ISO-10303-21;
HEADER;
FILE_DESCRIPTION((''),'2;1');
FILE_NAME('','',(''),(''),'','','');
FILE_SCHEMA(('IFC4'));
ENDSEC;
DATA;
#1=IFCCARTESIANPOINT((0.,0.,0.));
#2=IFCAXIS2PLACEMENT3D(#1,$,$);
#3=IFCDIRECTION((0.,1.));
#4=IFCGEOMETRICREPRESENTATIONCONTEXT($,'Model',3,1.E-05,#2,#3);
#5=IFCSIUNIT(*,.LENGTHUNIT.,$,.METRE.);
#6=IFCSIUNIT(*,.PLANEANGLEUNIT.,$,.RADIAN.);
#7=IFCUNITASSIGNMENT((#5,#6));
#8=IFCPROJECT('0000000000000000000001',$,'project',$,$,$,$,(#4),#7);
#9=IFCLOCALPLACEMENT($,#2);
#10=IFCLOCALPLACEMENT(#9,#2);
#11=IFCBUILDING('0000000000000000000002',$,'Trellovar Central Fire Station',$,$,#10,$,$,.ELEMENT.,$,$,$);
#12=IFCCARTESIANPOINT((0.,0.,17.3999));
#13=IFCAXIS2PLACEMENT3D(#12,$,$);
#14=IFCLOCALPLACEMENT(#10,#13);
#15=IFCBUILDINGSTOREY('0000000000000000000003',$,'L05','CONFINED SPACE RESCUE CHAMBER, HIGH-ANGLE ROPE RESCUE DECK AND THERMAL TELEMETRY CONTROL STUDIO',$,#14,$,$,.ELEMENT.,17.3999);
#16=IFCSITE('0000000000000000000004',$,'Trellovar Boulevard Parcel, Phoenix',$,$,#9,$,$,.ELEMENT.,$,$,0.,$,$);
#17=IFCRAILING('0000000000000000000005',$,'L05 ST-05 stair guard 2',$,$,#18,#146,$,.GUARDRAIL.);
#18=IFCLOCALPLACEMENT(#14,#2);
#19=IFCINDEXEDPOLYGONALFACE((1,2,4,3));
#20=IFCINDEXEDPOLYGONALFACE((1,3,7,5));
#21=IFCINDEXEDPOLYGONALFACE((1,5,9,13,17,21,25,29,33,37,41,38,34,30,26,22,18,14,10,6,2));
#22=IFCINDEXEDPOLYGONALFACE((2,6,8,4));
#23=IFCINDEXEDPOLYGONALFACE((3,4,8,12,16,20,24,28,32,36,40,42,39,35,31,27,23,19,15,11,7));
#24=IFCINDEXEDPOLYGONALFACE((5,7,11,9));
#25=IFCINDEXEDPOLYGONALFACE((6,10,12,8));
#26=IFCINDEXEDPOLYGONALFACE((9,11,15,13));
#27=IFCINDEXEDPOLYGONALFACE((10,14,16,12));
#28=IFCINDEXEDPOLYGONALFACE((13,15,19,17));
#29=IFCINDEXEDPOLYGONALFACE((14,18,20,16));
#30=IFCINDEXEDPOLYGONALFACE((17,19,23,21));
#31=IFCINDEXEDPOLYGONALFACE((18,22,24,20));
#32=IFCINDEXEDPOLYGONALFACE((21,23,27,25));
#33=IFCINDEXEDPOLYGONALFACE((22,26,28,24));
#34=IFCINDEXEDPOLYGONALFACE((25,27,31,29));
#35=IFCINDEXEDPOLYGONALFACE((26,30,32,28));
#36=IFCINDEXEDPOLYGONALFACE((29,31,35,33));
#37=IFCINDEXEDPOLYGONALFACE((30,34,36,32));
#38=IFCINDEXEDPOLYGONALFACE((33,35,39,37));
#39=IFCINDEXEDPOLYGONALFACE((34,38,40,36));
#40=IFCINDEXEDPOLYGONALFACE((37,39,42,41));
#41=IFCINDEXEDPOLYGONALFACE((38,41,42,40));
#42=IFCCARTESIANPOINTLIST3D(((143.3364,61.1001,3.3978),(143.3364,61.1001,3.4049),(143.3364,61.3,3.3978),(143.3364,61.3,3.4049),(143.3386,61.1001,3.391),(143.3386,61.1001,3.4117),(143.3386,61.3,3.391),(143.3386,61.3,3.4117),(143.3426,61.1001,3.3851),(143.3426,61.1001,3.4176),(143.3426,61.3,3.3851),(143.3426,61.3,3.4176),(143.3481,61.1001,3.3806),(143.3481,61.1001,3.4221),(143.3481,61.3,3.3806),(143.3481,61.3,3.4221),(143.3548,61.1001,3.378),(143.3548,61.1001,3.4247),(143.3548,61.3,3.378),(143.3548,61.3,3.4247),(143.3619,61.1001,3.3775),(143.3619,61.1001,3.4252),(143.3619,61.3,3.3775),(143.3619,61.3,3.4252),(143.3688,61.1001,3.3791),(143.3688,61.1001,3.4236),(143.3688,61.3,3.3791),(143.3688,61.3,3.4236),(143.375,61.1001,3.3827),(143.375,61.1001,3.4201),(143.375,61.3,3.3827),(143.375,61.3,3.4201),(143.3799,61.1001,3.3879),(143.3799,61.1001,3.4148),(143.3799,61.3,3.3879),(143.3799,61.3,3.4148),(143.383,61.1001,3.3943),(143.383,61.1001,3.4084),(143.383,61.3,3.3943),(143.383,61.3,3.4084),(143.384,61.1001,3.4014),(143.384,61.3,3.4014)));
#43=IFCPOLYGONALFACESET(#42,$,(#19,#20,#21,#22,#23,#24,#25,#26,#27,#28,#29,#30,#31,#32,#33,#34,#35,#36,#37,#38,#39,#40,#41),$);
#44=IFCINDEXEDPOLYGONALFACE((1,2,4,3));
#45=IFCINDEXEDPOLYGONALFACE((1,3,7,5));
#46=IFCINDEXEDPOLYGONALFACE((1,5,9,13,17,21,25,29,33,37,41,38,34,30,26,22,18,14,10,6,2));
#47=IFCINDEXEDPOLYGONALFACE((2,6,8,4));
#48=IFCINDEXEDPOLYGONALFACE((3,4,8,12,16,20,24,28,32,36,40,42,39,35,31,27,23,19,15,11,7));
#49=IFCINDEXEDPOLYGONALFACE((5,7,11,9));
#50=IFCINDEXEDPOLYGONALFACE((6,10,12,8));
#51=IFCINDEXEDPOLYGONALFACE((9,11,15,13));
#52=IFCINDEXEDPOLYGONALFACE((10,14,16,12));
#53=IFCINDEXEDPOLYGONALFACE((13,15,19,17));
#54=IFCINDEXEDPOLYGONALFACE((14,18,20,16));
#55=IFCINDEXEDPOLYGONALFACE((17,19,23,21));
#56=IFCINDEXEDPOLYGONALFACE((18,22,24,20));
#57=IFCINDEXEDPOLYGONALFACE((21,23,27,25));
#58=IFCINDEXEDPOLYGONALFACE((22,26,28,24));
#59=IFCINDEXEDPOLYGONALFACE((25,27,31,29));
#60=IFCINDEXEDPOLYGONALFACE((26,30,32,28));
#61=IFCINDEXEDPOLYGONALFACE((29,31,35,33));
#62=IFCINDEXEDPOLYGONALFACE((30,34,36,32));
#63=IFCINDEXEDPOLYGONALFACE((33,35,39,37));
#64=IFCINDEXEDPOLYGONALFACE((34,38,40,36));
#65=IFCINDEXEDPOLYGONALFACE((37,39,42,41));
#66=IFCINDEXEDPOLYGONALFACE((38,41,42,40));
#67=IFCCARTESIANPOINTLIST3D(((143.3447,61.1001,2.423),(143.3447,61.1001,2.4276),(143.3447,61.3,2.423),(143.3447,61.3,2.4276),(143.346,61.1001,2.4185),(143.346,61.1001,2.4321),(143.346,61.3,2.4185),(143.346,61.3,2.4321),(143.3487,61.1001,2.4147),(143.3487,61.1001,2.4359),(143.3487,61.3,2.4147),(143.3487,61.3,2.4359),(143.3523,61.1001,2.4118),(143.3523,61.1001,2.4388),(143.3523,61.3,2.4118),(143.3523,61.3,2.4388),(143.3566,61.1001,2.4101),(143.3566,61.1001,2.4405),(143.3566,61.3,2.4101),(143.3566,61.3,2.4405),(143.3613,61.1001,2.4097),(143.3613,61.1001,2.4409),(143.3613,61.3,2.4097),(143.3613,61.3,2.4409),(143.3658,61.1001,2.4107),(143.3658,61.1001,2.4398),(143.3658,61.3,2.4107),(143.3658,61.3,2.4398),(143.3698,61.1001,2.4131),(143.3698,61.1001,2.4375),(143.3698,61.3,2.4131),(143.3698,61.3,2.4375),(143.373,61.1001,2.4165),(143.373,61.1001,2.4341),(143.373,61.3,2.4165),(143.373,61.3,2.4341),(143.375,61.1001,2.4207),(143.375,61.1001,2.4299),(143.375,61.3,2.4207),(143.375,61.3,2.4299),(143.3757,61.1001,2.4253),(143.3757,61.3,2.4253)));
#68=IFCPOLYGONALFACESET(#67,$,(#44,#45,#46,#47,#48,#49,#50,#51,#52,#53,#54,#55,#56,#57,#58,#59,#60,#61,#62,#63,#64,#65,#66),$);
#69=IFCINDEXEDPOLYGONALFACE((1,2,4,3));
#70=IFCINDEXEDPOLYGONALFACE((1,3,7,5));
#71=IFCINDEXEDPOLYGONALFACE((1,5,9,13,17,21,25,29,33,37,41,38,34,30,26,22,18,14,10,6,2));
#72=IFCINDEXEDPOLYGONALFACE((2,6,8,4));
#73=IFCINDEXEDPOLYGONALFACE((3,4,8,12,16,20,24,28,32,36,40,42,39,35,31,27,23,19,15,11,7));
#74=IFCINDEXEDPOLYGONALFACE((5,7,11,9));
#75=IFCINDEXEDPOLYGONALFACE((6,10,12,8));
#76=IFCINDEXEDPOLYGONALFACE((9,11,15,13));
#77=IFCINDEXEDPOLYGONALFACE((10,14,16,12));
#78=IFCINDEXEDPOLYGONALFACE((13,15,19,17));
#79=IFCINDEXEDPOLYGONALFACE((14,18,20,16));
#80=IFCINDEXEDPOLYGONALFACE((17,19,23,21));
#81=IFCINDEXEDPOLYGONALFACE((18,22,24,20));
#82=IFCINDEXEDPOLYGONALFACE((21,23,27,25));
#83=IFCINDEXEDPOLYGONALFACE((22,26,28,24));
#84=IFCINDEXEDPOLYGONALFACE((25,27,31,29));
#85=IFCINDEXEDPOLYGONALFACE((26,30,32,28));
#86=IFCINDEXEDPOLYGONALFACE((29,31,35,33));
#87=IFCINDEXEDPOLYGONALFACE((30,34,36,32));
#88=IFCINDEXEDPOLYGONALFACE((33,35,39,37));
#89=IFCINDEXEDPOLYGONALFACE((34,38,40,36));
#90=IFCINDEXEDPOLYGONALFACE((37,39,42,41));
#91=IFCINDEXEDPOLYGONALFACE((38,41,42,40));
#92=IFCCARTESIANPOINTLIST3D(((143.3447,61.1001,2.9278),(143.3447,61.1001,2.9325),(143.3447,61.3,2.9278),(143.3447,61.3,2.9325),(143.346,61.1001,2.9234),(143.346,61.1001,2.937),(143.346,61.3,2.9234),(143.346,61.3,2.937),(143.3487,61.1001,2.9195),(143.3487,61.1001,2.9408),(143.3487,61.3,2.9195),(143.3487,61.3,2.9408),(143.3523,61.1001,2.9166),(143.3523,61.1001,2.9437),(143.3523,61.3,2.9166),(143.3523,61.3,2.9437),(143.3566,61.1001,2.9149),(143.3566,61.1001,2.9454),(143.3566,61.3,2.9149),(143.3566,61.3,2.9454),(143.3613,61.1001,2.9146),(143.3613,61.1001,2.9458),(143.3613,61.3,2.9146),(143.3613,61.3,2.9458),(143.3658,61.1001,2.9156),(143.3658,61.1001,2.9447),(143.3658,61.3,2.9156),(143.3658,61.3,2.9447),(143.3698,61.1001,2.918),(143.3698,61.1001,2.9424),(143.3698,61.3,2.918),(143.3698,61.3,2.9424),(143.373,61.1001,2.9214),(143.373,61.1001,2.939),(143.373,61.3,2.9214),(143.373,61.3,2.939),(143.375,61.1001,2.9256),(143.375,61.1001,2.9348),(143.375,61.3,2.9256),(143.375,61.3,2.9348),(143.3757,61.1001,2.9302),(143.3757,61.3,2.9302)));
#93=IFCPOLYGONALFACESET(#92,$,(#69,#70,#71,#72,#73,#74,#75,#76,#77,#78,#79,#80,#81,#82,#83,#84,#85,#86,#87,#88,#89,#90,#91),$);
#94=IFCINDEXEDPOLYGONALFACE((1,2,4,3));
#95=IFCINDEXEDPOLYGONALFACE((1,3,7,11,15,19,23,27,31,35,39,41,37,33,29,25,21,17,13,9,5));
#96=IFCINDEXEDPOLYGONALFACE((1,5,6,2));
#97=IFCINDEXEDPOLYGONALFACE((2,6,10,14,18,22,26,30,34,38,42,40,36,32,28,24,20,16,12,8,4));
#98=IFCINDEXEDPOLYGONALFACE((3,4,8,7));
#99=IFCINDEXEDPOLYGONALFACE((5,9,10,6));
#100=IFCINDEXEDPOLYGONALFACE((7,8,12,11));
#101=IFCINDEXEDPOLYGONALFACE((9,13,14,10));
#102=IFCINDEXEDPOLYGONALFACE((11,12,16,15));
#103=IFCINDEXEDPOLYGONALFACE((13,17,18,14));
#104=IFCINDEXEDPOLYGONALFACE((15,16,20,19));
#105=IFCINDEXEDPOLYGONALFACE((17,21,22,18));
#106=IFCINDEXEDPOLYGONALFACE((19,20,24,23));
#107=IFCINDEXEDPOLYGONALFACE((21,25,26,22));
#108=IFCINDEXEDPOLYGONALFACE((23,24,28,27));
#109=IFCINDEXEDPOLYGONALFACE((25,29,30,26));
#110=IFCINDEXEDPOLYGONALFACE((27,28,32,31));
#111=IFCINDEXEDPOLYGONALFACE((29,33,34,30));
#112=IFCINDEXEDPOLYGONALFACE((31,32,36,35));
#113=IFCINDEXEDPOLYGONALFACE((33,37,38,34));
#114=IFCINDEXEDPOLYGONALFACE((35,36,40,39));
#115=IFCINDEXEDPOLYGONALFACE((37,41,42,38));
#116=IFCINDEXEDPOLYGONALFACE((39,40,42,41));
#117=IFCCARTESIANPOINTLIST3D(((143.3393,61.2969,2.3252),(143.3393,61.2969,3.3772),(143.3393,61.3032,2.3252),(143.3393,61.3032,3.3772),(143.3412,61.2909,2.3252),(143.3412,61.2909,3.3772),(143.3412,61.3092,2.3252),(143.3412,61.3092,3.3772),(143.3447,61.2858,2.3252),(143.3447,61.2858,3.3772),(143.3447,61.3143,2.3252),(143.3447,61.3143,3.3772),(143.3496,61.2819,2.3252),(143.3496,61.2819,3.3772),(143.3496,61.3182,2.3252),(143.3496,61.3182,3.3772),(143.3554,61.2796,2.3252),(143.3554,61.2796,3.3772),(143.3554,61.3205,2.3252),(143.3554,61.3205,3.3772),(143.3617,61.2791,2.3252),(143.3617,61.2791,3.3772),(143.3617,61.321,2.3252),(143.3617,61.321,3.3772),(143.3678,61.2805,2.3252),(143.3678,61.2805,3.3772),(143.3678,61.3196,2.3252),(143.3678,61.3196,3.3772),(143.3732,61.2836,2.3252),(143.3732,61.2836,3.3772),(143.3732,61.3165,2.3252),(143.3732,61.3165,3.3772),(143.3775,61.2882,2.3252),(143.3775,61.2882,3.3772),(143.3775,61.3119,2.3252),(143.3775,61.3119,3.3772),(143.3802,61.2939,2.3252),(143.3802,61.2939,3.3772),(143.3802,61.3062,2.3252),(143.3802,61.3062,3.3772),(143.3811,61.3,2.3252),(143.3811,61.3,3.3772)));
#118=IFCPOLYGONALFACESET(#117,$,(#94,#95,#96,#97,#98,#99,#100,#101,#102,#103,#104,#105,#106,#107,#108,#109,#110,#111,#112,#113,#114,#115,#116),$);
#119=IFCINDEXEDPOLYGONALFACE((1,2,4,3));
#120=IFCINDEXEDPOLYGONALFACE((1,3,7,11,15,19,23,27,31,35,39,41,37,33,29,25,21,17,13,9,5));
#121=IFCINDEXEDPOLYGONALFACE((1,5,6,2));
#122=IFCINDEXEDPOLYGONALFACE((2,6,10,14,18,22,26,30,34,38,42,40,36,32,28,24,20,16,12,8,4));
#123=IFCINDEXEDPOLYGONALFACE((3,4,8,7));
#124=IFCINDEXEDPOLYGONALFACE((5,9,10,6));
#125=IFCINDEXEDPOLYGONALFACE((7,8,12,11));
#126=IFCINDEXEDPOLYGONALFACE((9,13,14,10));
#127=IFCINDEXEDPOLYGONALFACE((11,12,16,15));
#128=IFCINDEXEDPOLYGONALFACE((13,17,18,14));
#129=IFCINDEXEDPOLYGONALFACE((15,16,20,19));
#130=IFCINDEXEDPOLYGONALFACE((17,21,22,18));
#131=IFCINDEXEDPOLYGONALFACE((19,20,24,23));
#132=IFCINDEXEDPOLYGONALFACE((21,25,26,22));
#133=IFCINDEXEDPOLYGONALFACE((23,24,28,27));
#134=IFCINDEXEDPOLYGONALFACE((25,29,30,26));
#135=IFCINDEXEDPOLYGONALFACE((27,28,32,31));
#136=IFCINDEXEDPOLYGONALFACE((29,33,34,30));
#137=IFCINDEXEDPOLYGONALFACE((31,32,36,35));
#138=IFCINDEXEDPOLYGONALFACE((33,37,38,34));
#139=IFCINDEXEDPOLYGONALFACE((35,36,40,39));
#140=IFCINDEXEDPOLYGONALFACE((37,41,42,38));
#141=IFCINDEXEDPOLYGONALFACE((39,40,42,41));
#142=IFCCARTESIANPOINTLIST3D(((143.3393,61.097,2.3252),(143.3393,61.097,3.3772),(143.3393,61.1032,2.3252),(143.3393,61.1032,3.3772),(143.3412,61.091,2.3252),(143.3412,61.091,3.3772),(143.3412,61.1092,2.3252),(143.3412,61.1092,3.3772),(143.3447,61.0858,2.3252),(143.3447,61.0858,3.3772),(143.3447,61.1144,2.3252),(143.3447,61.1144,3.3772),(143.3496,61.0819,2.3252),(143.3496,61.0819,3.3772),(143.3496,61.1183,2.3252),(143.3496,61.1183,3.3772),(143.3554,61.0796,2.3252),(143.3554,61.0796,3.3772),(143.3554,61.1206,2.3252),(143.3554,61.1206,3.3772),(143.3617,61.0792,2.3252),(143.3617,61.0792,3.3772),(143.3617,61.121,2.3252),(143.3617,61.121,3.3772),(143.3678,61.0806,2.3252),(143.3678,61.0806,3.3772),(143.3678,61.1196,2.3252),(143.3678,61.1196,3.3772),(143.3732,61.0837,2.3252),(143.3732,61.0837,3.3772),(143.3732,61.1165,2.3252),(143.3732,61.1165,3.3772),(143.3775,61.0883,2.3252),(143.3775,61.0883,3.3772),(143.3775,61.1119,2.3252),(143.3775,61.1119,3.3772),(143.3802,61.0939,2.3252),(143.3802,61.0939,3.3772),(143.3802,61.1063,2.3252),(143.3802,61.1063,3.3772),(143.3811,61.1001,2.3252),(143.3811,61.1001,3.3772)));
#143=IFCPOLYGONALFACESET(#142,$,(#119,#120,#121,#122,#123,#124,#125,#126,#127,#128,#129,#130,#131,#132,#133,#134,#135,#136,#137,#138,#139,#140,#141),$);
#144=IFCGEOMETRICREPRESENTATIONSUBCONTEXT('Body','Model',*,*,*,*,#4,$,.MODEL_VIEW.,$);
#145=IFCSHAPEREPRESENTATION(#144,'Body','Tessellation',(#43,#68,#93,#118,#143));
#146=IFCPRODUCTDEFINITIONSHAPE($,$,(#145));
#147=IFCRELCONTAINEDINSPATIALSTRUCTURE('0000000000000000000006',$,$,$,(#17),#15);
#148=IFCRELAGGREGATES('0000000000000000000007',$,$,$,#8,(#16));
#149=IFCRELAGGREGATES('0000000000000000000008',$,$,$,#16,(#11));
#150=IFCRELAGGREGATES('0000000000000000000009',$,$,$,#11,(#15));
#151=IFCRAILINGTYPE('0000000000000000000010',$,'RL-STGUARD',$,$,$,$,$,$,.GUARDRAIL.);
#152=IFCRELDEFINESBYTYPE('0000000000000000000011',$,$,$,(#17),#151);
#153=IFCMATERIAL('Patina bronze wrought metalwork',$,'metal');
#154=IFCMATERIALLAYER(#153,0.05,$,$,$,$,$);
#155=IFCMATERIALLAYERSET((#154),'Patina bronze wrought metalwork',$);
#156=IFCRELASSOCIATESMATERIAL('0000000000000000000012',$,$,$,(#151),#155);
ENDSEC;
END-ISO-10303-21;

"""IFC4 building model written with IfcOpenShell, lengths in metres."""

from ifc_helpers import new_model, si_unit, direction, frame, origin, origin_2d, place, context, subcontext, project, spatial, circle, extrude, material, layer, layer_set, type_object, element, save


model = new_model("IFC4")

# Units and contexts
model_context = context("Model", 3, precision=1e-05, world=origin(), true_north=direction((0.0, 1.0)))
body_context = subcontext(model_context, "Body", "Model", "MODEL_VIEW")
ifc_project = project(units=[si_unit("LENGTHUNIT", "METRE"), si_unit("PLANEANGLEUNIT", "RADIAN")], contexts=[model_context])

# Site, building, storey
site_placement = place(None, origin())
site = spatial("IfcSite", under=ifc_project, at=site_placement, Name="Trellovar Boulevard Parcel, Phoenix", CompositionType="ELEMENT", RefElevation=0.0)
building_placement = place(site_placement, origin())
building = spatial("IfcBuilding", under=site, at=building_placement, Name="Trellovar Central Fire Station", CompositionType="ELEMENT")
storey_placement = place(building_placement, frame((0.0, 0.0, 17.3999)))
storey = spatial("IfcBuildingStorey", under=building, at=storey_placement, Name="L05", Description="CONFINED SPACE RESCUE CHAMBER, HIGH-ANGLE ROPE RESCUE DECK AND THERMAL TELEMETRY CONTROL STUDIO", CompositionType="ELEMENT", Elevation=17.3999)

# Railing
ifc_material_1 = material(Name="Patina bronze wrought metalwork", Category="metal")
ifc_layer_1 = layer(ifc_material_1, 0.05)
ifc_layer_set_1 = layer_set([ifc_layer_1], Name="Patina bronze wrought metalwork")
railing_type_1 = type_object("IfcRailingType", Name="RL-STGUARD", PredefinedType="GUARDRAIL", material=ifc_layer_set_1)
railing_1_placement = place(storey_placement, frame((143.3601, 61.3, 2.3252)))
element("IfcRailing", 1, at=railing_1_placement, inside=storey, type_object=railing_type_1, Name="L05 ST-05 stair guard 2", PredefinedType="GUARDRAIL", context=body_context, shape_type="SweptSolid", body=[
    extrude(circle(Radius=0.0239, at=origin_2d()), frame((0.0, 0.0, 1.0762), z_axis=(0.0, -1.0, 0.0), x_axis=(1.0, 0.0, 0.0)), (0.0, 0.0, 1.0), 0.2),
    extrude(circle(Radius=0.0156, at=origin_2d()), frame((0.0, 0.0, 0.1001), z_axis=(0.0, -1.0, 0.0), x_axis=(1.0, 0.0, 0.0)), (0.0, 0.0, 1.0), 0.2),
    extrude(circle(Radius=0.0156, at=origin_2d()), frame((0.0, 0.0, 0.605), z_axis=(0.0, -1.0, 0.0), x_axis=(1.0, 0.0, 0.0)), (0.0, 0.0, 1.0), 0.2),
    extrude(circle(Radius=0.021, at=origin_2d()), origin(), (0.0, 0.0, 1.0), 1.052),
    extrude(circle(Radius=0.021, at=origin_2d()), frame((0.0, -0.2, 0.0)), (0.0, 0.0, 1.0), 1.052),
])

save(model, "model.ifc")
